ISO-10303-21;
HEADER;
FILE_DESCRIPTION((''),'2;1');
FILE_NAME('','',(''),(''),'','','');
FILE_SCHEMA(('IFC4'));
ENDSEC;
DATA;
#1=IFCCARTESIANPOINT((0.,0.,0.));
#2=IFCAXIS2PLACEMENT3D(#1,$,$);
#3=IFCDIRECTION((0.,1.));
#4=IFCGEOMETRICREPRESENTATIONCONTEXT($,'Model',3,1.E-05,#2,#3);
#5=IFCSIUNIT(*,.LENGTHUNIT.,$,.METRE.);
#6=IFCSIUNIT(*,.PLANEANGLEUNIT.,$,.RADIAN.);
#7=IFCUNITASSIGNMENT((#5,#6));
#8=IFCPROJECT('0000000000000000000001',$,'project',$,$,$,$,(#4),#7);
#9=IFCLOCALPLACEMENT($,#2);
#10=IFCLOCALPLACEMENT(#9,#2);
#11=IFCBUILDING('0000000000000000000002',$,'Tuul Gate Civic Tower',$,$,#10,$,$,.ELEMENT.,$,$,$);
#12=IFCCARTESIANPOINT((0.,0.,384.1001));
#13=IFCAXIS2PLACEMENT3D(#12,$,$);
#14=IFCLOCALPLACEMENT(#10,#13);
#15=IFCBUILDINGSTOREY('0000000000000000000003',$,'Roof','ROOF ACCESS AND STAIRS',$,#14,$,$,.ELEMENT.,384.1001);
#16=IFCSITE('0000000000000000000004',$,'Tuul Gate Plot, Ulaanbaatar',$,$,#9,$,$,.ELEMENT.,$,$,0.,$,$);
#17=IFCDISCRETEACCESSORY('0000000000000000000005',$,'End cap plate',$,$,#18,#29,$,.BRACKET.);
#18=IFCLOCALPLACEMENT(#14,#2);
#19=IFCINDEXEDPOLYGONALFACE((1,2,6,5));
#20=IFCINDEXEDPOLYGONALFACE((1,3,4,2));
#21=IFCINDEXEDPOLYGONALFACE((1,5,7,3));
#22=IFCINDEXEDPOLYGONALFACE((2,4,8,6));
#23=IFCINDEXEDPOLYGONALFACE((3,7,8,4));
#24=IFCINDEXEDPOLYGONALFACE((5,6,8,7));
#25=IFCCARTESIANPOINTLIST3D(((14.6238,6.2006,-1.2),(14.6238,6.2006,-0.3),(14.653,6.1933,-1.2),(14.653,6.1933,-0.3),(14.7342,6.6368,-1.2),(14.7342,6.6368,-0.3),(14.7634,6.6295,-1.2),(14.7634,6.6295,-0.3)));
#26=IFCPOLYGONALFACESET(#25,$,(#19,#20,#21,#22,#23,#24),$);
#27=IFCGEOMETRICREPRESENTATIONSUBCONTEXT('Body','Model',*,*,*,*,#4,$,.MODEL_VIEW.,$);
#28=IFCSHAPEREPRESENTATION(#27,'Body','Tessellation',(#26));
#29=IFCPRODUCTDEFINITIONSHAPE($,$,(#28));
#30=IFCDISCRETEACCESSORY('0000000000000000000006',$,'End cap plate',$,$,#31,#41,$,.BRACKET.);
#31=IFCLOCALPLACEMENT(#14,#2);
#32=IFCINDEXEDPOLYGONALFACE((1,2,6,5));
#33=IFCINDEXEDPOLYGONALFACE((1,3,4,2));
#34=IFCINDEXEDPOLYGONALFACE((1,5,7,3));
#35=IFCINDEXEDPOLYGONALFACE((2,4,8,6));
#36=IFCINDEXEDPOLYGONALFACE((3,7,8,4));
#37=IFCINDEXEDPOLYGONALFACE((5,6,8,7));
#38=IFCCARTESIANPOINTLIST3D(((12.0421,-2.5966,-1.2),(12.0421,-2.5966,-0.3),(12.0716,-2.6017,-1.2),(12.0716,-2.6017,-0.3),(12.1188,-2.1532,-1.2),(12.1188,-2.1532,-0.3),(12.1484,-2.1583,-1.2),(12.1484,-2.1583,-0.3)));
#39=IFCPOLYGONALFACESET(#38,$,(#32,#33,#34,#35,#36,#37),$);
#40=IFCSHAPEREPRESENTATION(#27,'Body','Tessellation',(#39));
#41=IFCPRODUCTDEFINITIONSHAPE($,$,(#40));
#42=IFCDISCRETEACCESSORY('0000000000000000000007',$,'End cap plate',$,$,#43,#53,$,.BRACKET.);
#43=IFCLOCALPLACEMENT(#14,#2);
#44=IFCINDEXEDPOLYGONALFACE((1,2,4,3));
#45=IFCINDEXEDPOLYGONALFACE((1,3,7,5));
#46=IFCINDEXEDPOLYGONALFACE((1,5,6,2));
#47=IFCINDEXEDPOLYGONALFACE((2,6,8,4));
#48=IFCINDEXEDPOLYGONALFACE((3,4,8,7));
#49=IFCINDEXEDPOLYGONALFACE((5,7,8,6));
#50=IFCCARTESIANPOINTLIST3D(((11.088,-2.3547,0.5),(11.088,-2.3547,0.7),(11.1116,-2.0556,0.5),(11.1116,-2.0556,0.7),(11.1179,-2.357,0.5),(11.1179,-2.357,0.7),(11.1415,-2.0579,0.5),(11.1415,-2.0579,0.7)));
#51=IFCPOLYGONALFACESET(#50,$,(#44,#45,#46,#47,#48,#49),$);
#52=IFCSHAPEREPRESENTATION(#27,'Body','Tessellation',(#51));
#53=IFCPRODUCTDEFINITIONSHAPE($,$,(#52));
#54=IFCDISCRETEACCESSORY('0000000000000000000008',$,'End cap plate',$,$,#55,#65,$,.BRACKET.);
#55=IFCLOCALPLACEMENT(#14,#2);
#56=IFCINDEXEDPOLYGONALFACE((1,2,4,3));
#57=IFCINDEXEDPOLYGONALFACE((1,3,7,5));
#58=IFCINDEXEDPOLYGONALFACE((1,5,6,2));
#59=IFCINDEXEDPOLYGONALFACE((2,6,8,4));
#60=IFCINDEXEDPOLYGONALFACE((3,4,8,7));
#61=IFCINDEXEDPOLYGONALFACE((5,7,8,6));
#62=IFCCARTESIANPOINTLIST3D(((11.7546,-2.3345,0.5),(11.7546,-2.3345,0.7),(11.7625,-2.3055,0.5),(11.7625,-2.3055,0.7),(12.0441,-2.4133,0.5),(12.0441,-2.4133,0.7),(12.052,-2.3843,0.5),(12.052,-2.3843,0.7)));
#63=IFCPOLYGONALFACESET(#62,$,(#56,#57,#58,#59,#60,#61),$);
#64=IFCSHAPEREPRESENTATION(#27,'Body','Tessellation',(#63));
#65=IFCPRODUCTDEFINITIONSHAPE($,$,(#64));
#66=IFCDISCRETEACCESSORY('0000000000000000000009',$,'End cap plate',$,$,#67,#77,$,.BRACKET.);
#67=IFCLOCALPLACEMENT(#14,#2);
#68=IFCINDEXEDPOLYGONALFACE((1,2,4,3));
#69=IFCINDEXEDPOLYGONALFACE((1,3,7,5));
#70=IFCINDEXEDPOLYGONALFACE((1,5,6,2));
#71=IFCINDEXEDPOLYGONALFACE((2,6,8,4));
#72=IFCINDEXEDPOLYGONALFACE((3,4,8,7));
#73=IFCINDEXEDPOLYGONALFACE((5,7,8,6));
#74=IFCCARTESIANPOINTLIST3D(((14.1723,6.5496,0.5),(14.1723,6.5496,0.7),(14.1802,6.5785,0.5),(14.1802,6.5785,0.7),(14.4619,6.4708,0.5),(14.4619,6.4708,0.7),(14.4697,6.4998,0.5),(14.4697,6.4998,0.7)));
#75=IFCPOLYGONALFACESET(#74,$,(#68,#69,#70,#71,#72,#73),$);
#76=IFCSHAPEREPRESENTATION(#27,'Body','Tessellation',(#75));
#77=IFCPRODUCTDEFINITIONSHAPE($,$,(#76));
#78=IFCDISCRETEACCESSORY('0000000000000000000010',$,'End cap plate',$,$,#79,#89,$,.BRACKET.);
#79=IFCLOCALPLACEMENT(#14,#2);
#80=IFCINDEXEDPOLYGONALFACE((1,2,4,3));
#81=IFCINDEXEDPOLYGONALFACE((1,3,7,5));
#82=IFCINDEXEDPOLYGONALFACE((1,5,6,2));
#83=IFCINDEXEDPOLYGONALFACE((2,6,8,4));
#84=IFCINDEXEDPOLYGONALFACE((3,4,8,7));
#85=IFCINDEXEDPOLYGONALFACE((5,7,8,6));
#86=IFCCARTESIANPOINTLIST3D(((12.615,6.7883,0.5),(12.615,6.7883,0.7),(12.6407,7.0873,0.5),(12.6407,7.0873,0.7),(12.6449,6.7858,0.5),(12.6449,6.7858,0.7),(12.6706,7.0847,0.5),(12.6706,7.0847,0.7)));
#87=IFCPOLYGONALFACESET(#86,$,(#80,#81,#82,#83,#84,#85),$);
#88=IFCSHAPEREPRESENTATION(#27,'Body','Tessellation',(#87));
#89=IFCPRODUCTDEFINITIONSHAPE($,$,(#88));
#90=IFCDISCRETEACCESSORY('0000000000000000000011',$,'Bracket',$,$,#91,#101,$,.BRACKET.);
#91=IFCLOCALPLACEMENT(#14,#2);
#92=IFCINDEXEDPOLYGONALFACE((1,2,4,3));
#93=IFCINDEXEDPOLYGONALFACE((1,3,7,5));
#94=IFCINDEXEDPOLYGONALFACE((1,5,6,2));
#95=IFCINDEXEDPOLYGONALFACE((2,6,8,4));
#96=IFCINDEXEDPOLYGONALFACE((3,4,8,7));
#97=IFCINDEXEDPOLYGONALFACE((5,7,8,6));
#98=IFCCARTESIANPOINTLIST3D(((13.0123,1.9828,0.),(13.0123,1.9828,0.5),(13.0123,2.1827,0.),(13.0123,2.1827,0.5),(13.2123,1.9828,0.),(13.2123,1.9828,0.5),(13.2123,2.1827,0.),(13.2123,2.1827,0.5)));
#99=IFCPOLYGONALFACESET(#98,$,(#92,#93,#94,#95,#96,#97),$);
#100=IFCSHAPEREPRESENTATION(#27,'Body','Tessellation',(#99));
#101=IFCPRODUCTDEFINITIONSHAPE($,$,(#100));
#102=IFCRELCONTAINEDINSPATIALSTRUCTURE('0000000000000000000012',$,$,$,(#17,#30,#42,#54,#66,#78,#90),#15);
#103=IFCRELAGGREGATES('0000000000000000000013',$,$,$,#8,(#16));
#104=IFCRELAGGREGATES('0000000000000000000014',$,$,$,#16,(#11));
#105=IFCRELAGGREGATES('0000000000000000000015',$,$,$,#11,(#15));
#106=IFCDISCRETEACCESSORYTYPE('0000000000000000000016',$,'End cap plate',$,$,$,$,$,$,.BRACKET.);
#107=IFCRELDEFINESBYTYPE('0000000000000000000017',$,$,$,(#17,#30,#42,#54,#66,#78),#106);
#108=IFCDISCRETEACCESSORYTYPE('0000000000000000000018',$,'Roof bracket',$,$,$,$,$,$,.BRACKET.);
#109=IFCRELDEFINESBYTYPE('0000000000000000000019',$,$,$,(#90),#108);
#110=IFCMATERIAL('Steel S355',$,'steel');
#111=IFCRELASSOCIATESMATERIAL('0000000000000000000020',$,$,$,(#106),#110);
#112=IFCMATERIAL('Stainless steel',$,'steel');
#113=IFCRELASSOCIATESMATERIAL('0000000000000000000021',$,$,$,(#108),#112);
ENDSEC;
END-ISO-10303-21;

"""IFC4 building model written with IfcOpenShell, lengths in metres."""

from ifc_helpers import new_model, si_unit, direction, frame, origin, origin_2d, place, context, subcontext, project, spatial, rectangle, extrude, material, type_object, element, save


model = new_model("IFC4")

# Units and contexts
model_context = context("Model", 3, precision=1e-05, world=origin(), true_north=direction((0.0, 1.0)))
body_context = subcontext(model_context, "Body", "Model", "MODEL_VIEW")
ifc_project = project(units=[si_unit("LENGTHUNIT", "METRE"), si_unit("PLANEANGLEUNIT", "RADIAN")], contexts=[model_context])

# Site, building, storey
site_placement = place(None, origin())
site = spatial("IfcSite", under=ifc_project, at=site_placement, Name="Tuul Gate Plot, Ulaanbaatar", CompositionType="ELEMENT", RefElevation=0.0)
building_placement = place(site_placement, origin())
building = spatial("IfcBuilding", under=site, at=building_placement, Name="Tuul Gate Civic Tower", CompositionType="ELEMENT")
storey_placement = place(building_placement, frame((0.0, 0.0, 384.1001)))
storey = spatial("IfcBuildingStorey", under=building, at=storey_placement, Name="Roof", Description="ROOF ACCESS AND STAIRS", CompositionType="ELEMENT", Elevation=384.1001)

# Discrete accessories
ifc_material_1 = material(Name="Steel S355", Category="steel")
discrete_accessory_type_1 = type_object("IfcDiscreteAccessoryType", Name="End cap plate", PredefinedType="BRACKET", material=ifc_material_1)
for number, where, z_axis, x_axis, name in (
    (1, (14.6936, 6.415, -1.2), (0.0, 0.0, 1.0), (-0.969434, 0.245353, 0.0), "End cap plate"),
    (2, (12.0952, -2.3774, -1.2), (0.0, 0.0, 1.0), (0.985352, -0.170531, 0.0), "End cap plate"),
):
    element("IfcDiscreteAccessory", number, at=place(storey_placement, frame(where, z_axis=z_axis, x_axis=x_axis)), inside=storey, type_object=discrete_accessory_type_1, Name=name, PredefinedType="BRACKET", context=body_context, shape_type="SweptSolid", body=[
        extrude(rectangle(XDim=0.03, YDim=0.45, at=origin_2d()), origin(), (0.0, 0.0, 1.0), 0.8999),
    ])
for number, where, z_axis, x_axis, name in (
    (3, (11.1147, -2.2063, 0.5), (0.0, 0.0, 1.0), (0.996905, -0.078617, 0.0), "End cap plate"),
    (4, (11.9033, -2.3594, 0.5), (0.0, 0.0, 1.0), (0.262591, 0.964907, 0.0), "End cap plate"),
    (5, (14.321, 6.5247, 0.5), (0.0, 0.0, 1.0), (0.262591, 0.964907, 0.0), "End cap plate"),
    (6, (12.6428, 6.9365, 0.5), (0.0, 0.0, 1.0), (-0.996328, 0.085619, 0.0), "End cap plate"),
):
    element("IfcDiscreteAccessory", number, at=place(storey_placement, frame(where, z_axis=z_axis, x_axis=x_axis)), inside=storey, type_object=discrete_accessory_type_1, Name=name, PredefinedType="BRACKET", context=body_context, shape_type="SweptSolid", body=[
        extrude(rectangle(XDim=0.03, YDim=0.3, at=origin_2d()), origin(), (0.0, 0.0, 1.0), 0.2),
    ])
ifc_material_2 = material(Name="Stainless steel", Category="steel")
discrete_accessory_type_2 = type_object("IfcDiscreteAccessoryType", Name="Roof bracket", PredefinedType="BRACKET", material=ifc_material_2)
discrete_accessory_placement = place(storey_placement, frame((13.1123, 2.0828, 0.0), z_axis=(0.0, 0.0, 1.0), x_axis=(1.0, 0.0, 0.0)))
element("IfcDiscreteAccessory", 7, at=discrete_accessory_placement, inside=storey, type_object=discrete_accessory_type_2, Name="Bracket", PredefinedType="BRACKET", context=body_context, shape_type="SweptSolid", body=[
    extrude(rectangle(XDim=0.2, YDim=0.2, at=origin_2d()), origin(), (0.0, 0.0, 1.0), 0.5),
])

save(model, "model.ifc")
